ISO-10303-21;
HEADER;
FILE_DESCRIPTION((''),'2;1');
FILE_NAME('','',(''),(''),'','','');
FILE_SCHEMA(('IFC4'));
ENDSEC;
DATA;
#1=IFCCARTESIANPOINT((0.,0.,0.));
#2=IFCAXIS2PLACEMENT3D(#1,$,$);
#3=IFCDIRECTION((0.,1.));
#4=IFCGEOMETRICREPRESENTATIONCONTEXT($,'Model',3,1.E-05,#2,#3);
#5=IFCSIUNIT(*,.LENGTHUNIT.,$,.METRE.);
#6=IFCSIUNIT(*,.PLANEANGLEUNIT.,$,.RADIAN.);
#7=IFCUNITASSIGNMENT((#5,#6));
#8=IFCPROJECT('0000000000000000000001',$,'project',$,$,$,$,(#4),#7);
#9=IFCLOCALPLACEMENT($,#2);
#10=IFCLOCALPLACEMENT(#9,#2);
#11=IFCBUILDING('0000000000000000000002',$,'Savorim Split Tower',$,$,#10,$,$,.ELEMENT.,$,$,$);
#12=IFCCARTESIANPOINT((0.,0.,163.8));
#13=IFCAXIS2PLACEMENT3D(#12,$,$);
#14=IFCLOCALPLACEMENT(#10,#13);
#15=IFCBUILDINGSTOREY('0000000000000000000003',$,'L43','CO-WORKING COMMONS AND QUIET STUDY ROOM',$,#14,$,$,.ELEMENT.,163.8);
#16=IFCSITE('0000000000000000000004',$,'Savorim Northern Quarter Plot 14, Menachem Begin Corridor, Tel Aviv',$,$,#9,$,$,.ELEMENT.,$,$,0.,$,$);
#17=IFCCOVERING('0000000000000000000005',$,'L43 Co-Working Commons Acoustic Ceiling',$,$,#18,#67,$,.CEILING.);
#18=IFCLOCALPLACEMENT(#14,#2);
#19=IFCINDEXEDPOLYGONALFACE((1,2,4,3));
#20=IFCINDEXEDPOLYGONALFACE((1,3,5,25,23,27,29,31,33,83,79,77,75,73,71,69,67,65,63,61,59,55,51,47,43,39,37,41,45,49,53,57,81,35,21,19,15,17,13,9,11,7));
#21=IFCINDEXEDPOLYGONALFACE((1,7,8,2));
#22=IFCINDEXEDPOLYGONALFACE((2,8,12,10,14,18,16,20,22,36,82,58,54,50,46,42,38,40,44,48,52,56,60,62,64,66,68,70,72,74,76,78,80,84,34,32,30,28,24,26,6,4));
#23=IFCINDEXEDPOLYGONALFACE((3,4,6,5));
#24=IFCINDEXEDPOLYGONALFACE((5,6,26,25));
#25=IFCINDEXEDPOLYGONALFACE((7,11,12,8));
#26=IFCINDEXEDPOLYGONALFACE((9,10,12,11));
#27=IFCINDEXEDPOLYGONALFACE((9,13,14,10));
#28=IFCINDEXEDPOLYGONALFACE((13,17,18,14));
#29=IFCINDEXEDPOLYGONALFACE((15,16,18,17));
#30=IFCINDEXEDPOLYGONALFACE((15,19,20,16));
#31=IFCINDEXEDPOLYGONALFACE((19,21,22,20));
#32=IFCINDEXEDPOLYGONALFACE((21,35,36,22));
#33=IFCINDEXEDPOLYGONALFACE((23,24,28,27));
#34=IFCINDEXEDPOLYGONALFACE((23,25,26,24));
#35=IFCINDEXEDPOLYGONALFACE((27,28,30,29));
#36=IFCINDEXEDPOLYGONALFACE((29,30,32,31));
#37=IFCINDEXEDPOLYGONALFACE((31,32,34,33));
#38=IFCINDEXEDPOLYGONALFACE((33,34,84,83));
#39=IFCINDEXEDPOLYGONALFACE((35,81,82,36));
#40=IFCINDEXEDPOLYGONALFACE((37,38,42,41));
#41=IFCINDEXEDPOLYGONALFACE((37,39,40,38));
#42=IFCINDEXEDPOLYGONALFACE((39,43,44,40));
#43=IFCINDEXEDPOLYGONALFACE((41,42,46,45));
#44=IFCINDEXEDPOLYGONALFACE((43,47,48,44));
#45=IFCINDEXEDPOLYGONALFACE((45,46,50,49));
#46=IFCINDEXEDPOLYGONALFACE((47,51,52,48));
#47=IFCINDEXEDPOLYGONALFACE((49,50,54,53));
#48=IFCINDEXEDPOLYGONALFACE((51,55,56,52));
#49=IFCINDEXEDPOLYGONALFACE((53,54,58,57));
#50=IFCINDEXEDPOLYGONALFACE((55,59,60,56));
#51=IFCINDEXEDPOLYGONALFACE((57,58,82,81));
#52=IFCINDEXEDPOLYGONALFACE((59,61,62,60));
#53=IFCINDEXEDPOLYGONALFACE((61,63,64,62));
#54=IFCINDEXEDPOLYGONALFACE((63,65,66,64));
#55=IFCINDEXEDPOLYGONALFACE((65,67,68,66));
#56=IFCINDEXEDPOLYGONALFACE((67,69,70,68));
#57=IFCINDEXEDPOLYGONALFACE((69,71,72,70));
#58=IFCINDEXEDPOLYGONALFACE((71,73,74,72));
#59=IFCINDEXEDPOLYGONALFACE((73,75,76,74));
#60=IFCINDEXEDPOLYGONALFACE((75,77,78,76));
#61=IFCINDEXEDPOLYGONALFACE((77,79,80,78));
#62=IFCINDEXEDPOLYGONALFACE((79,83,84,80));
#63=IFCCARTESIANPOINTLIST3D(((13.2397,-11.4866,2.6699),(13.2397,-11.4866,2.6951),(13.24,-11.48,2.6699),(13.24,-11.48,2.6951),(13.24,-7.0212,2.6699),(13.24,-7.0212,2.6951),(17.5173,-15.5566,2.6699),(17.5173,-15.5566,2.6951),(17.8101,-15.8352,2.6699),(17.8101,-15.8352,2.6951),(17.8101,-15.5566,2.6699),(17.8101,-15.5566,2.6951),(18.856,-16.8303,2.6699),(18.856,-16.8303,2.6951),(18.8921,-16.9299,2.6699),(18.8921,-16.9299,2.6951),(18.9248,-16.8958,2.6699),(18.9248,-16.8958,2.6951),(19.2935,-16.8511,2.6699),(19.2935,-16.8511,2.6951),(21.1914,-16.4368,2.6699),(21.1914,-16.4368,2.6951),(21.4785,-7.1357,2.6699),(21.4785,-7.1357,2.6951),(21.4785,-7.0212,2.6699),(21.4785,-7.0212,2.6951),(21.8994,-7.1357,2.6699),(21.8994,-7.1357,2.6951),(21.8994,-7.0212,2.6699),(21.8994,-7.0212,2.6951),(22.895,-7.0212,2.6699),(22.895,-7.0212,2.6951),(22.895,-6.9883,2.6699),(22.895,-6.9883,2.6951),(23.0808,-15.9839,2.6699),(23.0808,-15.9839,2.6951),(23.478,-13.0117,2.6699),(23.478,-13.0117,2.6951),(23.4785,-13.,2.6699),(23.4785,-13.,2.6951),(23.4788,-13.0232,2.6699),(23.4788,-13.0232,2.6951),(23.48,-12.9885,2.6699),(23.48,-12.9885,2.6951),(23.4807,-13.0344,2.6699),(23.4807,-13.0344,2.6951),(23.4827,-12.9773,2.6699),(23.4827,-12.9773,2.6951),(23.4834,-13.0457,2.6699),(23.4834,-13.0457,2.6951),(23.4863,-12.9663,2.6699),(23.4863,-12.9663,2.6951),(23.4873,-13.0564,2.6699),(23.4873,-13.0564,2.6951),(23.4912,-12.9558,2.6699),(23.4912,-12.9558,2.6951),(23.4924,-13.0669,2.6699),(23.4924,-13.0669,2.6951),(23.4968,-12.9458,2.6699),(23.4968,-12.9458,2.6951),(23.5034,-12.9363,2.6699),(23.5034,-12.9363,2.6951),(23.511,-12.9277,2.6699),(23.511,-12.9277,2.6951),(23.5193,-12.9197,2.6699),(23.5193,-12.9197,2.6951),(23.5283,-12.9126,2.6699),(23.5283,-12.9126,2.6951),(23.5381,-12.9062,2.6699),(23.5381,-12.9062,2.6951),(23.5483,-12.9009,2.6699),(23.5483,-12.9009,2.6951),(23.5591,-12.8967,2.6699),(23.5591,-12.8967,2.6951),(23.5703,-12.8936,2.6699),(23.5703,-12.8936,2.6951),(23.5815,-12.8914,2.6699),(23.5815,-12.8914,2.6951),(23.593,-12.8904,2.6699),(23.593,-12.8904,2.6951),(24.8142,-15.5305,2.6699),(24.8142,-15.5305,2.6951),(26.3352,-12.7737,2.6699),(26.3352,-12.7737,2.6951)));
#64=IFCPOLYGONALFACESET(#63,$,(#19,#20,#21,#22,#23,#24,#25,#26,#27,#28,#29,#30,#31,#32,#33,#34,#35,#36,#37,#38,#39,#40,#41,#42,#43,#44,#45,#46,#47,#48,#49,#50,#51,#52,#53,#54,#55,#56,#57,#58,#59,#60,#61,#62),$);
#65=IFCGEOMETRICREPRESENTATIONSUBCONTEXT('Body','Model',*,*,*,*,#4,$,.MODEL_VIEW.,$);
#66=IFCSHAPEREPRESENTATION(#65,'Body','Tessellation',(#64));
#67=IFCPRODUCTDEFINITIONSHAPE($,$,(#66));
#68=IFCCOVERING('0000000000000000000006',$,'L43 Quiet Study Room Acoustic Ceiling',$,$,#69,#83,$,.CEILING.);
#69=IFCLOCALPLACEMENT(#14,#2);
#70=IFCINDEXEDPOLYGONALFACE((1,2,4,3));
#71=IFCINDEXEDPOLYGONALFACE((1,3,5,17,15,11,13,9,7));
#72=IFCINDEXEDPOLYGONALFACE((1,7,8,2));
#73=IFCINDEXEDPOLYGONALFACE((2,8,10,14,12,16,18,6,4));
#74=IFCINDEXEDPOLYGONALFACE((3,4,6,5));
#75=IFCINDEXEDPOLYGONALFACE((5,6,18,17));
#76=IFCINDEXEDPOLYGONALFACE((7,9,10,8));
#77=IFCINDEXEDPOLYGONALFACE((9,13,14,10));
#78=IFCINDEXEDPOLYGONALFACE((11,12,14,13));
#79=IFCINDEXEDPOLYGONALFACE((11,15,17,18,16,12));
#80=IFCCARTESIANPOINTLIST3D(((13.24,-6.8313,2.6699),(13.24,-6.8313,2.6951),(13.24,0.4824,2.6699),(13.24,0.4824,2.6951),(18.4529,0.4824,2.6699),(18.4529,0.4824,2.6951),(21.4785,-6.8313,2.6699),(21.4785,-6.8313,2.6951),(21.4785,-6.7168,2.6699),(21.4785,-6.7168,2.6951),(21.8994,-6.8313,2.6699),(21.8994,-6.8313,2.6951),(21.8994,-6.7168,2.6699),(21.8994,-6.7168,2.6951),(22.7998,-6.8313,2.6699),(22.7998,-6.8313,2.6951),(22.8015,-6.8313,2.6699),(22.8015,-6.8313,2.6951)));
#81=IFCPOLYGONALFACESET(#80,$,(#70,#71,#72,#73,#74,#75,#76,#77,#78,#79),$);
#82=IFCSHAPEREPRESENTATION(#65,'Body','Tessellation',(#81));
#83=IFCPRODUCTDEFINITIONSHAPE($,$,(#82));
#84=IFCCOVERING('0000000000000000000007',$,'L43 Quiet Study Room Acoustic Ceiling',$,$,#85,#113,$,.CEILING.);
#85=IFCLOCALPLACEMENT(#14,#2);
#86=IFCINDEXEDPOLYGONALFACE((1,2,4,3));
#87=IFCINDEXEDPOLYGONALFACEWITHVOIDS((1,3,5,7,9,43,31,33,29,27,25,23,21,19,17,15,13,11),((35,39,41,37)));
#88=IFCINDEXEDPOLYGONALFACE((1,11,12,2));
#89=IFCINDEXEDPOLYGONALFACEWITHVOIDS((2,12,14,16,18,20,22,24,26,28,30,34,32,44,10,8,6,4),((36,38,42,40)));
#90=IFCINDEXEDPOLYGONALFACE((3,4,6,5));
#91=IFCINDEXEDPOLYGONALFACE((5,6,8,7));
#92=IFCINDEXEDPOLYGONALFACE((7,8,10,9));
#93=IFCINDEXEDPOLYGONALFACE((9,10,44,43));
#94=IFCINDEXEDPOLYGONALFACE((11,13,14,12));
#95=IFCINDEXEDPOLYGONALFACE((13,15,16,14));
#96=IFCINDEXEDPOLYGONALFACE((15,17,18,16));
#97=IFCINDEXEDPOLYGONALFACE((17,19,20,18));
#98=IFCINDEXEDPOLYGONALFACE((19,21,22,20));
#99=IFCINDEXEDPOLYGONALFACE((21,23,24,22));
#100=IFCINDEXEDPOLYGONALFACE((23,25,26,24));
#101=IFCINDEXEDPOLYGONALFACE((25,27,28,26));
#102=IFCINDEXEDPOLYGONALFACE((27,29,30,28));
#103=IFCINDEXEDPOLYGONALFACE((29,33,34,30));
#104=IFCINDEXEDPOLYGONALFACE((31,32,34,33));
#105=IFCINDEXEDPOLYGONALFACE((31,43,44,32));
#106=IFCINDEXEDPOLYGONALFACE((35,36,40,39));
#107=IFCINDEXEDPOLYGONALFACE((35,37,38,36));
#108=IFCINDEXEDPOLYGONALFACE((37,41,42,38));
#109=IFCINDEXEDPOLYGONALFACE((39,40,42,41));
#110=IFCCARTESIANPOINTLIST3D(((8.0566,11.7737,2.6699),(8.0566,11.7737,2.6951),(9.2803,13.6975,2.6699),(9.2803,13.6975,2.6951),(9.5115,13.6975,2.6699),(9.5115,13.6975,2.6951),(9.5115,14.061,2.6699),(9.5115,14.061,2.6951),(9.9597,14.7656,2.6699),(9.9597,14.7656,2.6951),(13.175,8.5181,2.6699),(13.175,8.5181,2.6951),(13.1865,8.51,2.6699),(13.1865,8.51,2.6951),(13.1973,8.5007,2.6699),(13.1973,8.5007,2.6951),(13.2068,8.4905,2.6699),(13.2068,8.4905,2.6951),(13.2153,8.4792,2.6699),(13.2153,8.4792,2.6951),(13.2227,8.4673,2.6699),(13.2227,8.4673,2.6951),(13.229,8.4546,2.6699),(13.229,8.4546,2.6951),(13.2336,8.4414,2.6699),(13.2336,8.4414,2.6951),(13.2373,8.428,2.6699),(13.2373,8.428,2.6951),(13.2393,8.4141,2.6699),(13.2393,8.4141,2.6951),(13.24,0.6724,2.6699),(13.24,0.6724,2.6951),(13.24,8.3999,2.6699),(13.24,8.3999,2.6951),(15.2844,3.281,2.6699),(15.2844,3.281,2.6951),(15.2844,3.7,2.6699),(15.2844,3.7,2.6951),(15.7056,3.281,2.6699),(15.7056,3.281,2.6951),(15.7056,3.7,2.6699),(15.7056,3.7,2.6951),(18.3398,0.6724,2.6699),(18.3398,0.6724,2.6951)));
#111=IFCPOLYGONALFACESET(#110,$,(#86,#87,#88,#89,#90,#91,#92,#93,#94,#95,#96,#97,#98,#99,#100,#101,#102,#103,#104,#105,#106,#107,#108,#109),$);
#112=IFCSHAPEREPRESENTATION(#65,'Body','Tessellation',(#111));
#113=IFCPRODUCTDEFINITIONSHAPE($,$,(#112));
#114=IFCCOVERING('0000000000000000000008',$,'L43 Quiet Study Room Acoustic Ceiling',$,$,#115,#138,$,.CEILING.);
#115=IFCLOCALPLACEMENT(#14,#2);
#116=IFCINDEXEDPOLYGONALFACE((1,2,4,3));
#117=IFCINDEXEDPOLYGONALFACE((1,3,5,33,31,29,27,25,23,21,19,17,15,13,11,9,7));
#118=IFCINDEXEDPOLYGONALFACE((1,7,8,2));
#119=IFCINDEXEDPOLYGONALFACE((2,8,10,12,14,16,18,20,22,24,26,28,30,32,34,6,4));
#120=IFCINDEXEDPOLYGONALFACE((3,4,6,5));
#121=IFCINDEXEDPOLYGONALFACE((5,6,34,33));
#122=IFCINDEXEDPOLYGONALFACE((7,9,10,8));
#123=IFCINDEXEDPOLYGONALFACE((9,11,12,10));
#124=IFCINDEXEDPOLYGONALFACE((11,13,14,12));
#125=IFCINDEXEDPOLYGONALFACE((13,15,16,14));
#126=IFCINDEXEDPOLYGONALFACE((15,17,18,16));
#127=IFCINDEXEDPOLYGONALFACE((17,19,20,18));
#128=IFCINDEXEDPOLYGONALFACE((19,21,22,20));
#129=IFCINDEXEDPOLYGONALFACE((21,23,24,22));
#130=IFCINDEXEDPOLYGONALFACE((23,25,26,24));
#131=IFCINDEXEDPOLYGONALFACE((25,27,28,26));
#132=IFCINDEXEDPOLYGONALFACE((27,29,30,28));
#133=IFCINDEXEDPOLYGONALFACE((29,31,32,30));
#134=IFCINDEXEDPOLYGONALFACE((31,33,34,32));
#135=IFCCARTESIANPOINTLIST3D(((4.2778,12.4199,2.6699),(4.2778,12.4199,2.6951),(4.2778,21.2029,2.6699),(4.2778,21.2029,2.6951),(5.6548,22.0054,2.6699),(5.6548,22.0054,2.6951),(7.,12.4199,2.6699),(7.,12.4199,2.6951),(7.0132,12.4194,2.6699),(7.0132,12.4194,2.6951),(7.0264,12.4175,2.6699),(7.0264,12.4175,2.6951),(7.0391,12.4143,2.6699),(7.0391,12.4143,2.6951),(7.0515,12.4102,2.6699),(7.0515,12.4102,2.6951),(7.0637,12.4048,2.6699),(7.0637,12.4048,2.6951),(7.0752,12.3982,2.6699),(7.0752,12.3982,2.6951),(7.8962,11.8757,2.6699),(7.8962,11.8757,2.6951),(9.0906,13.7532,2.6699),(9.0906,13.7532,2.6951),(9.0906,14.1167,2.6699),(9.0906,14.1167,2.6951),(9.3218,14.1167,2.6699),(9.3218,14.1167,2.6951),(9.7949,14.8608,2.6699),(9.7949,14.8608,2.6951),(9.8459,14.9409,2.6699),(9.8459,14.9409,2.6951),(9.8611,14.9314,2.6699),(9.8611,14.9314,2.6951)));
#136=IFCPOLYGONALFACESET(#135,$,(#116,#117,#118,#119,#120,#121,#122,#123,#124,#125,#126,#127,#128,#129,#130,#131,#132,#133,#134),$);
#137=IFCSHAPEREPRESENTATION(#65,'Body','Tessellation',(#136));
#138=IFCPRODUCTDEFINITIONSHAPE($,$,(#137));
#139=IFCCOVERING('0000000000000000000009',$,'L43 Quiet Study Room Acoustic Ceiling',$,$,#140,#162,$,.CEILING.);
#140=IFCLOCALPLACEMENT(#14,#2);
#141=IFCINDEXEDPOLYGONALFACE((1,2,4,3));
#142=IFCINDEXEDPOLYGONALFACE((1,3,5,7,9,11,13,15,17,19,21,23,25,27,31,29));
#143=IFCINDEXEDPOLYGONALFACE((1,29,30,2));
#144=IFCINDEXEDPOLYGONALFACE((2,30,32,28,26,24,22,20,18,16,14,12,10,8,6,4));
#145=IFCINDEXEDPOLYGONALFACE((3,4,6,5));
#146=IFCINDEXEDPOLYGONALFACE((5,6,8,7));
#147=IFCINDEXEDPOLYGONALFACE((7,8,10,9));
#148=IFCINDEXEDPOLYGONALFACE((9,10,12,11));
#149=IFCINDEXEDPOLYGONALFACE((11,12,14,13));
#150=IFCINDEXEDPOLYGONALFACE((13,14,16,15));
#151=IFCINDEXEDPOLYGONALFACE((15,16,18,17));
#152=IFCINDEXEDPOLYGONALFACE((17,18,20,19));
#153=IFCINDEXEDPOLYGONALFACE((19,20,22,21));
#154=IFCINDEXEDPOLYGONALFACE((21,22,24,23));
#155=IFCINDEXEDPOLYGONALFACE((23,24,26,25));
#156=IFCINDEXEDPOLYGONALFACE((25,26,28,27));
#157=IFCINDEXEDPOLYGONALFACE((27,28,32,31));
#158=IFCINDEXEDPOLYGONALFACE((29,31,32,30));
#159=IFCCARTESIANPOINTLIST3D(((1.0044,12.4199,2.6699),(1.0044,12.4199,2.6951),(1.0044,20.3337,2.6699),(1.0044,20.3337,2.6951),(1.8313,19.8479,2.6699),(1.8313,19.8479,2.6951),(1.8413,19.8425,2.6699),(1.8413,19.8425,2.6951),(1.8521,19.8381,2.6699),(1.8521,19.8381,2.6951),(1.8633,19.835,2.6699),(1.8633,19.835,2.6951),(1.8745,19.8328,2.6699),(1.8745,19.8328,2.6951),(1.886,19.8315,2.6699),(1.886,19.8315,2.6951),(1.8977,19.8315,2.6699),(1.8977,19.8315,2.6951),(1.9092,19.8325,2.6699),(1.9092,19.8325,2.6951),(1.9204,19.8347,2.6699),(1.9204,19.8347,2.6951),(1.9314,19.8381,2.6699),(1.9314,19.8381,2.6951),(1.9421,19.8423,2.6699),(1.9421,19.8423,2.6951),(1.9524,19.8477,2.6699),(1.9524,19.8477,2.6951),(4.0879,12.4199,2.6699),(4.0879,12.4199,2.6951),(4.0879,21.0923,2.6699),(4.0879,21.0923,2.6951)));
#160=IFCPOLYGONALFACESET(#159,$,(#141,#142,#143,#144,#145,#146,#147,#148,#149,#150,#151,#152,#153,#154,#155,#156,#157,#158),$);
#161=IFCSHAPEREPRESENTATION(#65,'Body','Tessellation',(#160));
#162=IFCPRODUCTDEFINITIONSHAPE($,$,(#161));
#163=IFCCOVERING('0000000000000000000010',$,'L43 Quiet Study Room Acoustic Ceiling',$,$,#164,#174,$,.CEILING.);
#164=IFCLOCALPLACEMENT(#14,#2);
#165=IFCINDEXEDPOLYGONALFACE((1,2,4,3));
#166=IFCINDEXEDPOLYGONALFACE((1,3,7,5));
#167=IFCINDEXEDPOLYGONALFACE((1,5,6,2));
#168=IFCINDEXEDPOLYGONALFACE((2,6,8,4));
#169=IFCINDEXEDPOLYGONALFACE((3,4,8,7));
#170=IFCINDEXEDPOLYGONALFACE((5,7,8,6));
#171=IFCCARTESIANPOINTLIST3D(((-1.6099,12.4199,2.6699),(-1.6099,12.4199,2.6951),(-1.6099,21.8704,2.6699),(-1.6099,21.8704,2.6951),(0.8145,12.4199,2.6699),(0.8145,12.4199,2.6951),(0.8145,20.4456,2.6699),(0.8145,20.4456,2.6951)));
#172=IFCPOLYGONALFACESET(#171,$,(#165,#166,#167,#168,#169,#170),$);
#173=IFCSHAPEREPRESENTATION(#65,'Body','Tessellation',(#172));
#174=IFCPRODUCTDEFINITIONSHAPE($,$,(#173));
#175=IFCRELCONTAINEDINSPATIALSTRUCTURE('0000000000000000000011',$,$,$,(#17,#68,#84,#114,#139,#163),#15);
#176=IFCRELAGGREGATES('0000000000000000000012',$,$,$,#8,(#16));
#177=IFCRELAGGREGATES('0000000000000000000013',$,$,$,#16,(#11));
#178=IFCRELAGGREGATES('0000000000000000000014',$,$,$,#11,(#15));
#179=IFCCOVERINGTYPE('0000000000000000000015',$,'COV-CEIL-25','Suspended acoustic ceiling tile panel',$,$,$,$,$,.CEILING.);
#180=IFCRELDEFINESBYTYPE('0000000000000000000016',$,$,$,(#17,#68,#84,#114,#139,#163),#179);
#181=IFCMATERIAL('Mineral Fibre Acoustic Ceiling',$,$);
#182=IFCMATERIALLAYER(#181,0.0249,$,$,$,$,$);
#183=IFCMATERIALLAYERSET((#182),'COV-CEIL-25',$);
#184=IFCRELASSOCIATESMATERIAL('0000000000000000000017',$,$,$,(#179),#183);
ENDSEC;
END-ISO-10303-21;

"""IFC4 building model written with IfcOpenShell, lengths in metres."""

from ifc_helpers import new_model, si_unit, direction, frame, origin, place, context, subcontext, project, spatial, polyline, outline, extrude, material, layer, layer_set, type_object, element, save


model = new_model("IFC4")

# Units and contexts
model_context = context("Model", 3, precision=1e-05, world=origin(), true_north=direction((0.0, 1.0)))
body_context = subcontext(model_context, "Body", "Model", "MODEL_VIEW")
ifc_project = project(units=[si_unit("LENGTHUNIT", "METRE"), si_unit("PLANEANGLEUNIT", "RADIAN")], contexts=[model_context])

# Site, building, storey
site_placement = place(None, origin())
site = spatial("IfcSite", under=ifc_project, at=site_placement, Name="Savorim Northern Quarter Plot 14, Menachem Begin Corridor, Tel Aviv", CompositionType="ELEMENT", RefElevation=0.0)
building_placement = place(site_placement, origin())
building = spatial("IfcBuilding", under=site, at=building_placement, Name="Savorim Split Tower", CompositionType="ELEMENT")
storey_placement = place(building_placement, frame((0.0, 0.0, 163.8)))
storey = spatial("IfcBuildingStorey", under=building, at=storey_placement, Name="L43", Description="CO-WORKING COMMONS AND QUIET STUDY ROOM", CompositionType="ELEMENT", Elevation=163.8)

# Coverings
ifc_material_1 = material(Name="Mineral Fibre Acoustic Ceiling")
ifc_layer_1 = layer(ifc_material_1, 0.0249)
ifc_layer_set_1 = layer_set([ifc_layer_1], Name="COV-CEIL-25")
covering_type_1 = type_object("IfcCoveringType", Name="COV-CEIL-25", Description="Suspended acoustic ceiling tile panel", PredefinedType="CEILING", material=ifc_layer_set_1)
covering_1_placement = place(storey_placement, frame((0.0, 0.0, 2.6699)))
element("IfcCovering", 1, at=covering_1_placement, inside=storey, type_object=covering_type_1, Name="L43 Co-Working Commons Acoustic Ceiling", PredefinedType="CEILING", context=body_context, shape_type="SweptSolid", body=[
    extrude(outline(polyline([(23.5703, -12.8936), (23.5815, -12.8914), (23.593, -12.8904), (26.3352, -12.7737), (22.895, -6.9883), (22.895, -7.0212), (21.8994, -7.0212), (21.8994, -7.1357), (21.4785, -7.1357), (21.4785, -7.0212), (13.24, -7.0212), (13.24, -11.48), (13.2397, -11.4866), (17.5173, -15.5566), (17.8101, -15.5566), (17.8101, -15.8352), (18.856, -16.8303), (18.9248, -16.8958), (18.8921, -16.9299), (19.2935, -16.8511), (21.1914, -16.4368), (23.0808, -15.9839), (24.8142, -15.5305), (23.4924, -13.0669), (23.4873, -13.0564), (23.4834, -13.0457), (23.4807, -13.0344), (23.4788, -13.0232), (23.478, -13.0117), (23.4785, -13.0), (23.48, -12.9885), (23.4827, -12.9773), (23.4863, -12.9663), (23.4912, -12.9558), (23.4968, -12.9458), (23.5034, -12.9363), (23.511, -12.9277), (23.5193, -12.9197), (23.5283, -12.9126), (23.5381, -12.9062), (23.5483, -12.9009), (23.5591, -12.8967), (23.5703, -12.8936)])), origin(), (0.0, 0.0, 1.0), 0.0251),
])
covering_2_placement = place(storey_placement, frame((0.0, 0.0, 2.6699)))
element("IfcCovering", 2, at=covering_2_placement, inside=storey, type_object=covering_type_1, Name="L43 Quiet Study Room Acoustic Ceiling", PredefinedType="CEILING", context=body_context, shape_type="SweptSolid", body=[
    extrude(outline(polyline([(21.8994, -6.7168), (21.8994, -6.8313), (22.7998, -6.8313), (22.8015, -6.8313), (18.4529, 0.4824), (13.24, 0.4824), (13.24, -6.8313), (21.4785, -6.8313), (21.4785, -6.7168), (21.8994, -6.7168)])), origin(), (0.0, 0.0, 1.0), 0.0251),
])
covering_3_placement = place(storey_placement, frame((0.0, 0.0, 2.6699)))
element("IfcCovering", 3, at=covering_3_placement, inside=storey, type_object=covering_type_1, Name="L43 Quiet Study Room Acoustic Ceiling", PredefinedType="CEILING", context=body_context, shape_type="SweptSolid", body=[
    extrude(outline(polyline([(13.2373, 8.428), (13.2393, 8.4141), (13.24, 8.3999), (13.24, 0.6724), (18.3398, 0.6724), (9.9597, 14.7656), (9.5115, 14.061), (9.5115, 13.6975), (9.2803, 13.6975), (8.0566, 11.7737), (13.175, 8.5181), (13.1865, 8.51), (13.1973, 8.5007), (13.2068, 8.4905), (13.2153, 8.4792), (13.2227, 8.4673), (13.229, 8.4546), (13.2336, 8.4414), (13.2373, 8.428)]), holes=[polyline([(15.7056, 3.281), (15.7056, 3.7), (15.2844, 3.7), (15.2844, 3.281), (15.7056, 3.281)])]), origin(), (0.0, 0.0, 1.0), 0.0251),
])
covering_4_placement = place(storey_placement, frame((0.0, 0.0, 2.6699)))
element("IfcCovering", 4, at=covering_4_placement, inside=storey, type_object=covering_type_1, Name="L43 Quiet Study Room Acoustic Ceiling", PredefinedType="CEILING", context=body_context, shape_type="SweptSolid", body=[
    extrude(outline(polyline([(9.8459, 14.9409), (9.8611, 14.9314), (5.6548, 22.0054), (4.2778, 21.2029), (4.2778, 12.4199), (7.0, 12.4199), (7.0132, 12.4194), (7.0264, 12.4175), (7.0391, 12.4143), (7.0515, 12.4102), (7.0637, 12.4048), (7.0752, 12.3982), (7.8962, 11.8757), (9.0906, 13.7532), (9.0906, 14.1167), (9.3218, 14.1167), (9.7949, 14.8608), (9.8459, 14.9409)])), origin(), (0.0, 0.0, 1.0), 0.0251),
])
covering_5_placement = place(storey_placement, frame((0.0, 0.0, 2.6699)))
element("IfcCovering", 5, at=covering_5_placement, inside=storey, type_object=covering_type_1, Name="L43 Quiet Study Room Acoustic Ceiling", PredefinedType="CEILING", context=body_context, shape_type="SweptSolid", body=[
    extrude(outline(polyline([(1.8521, 19.8381), (1.8413, 19.8425), (1.8313, 19.8479), (1.0044, 20.3337), (1.0044, 12.4199), (4.0879, 12.4199), (4.0879, 21.0923), (1.9524, 19.8477), (1.9421, 19.8423), (1.9314, 19.8381), (1.9204, 19.8347), (1.9092, 19.8325), (1.8977, 19.8315), (1.886, 19.8315), (1.8745, 19.8328), (1.8633, 19.835), (1.8521, 19.8381)])), origin(), (0.0, 0.0, 1.0), 0.0251),
])
covering_6_placement = place(storey_placement, frame((0.0, 0.0, 2.6699)))
element("IfcCovering", 6, at=covering_6_placement, inside=storey, type_object=covering_type_1, Name="L43 Quiet Study Room Acoustic Ceiling", PredefinedType="CEILING", context=body_context, shape_type="SweptSolid", body=[
    extrude(outline(polyline([(-1.6099, 12.4199), (0.8145, 12.4199), (0.8145, 20.4456), (-1.6099, 21.8704), (-1.6099, 12.4199)])), origin(), (0.0, 0.0, 1.0), 0.0251),
])

save(model, "model.ifc")
